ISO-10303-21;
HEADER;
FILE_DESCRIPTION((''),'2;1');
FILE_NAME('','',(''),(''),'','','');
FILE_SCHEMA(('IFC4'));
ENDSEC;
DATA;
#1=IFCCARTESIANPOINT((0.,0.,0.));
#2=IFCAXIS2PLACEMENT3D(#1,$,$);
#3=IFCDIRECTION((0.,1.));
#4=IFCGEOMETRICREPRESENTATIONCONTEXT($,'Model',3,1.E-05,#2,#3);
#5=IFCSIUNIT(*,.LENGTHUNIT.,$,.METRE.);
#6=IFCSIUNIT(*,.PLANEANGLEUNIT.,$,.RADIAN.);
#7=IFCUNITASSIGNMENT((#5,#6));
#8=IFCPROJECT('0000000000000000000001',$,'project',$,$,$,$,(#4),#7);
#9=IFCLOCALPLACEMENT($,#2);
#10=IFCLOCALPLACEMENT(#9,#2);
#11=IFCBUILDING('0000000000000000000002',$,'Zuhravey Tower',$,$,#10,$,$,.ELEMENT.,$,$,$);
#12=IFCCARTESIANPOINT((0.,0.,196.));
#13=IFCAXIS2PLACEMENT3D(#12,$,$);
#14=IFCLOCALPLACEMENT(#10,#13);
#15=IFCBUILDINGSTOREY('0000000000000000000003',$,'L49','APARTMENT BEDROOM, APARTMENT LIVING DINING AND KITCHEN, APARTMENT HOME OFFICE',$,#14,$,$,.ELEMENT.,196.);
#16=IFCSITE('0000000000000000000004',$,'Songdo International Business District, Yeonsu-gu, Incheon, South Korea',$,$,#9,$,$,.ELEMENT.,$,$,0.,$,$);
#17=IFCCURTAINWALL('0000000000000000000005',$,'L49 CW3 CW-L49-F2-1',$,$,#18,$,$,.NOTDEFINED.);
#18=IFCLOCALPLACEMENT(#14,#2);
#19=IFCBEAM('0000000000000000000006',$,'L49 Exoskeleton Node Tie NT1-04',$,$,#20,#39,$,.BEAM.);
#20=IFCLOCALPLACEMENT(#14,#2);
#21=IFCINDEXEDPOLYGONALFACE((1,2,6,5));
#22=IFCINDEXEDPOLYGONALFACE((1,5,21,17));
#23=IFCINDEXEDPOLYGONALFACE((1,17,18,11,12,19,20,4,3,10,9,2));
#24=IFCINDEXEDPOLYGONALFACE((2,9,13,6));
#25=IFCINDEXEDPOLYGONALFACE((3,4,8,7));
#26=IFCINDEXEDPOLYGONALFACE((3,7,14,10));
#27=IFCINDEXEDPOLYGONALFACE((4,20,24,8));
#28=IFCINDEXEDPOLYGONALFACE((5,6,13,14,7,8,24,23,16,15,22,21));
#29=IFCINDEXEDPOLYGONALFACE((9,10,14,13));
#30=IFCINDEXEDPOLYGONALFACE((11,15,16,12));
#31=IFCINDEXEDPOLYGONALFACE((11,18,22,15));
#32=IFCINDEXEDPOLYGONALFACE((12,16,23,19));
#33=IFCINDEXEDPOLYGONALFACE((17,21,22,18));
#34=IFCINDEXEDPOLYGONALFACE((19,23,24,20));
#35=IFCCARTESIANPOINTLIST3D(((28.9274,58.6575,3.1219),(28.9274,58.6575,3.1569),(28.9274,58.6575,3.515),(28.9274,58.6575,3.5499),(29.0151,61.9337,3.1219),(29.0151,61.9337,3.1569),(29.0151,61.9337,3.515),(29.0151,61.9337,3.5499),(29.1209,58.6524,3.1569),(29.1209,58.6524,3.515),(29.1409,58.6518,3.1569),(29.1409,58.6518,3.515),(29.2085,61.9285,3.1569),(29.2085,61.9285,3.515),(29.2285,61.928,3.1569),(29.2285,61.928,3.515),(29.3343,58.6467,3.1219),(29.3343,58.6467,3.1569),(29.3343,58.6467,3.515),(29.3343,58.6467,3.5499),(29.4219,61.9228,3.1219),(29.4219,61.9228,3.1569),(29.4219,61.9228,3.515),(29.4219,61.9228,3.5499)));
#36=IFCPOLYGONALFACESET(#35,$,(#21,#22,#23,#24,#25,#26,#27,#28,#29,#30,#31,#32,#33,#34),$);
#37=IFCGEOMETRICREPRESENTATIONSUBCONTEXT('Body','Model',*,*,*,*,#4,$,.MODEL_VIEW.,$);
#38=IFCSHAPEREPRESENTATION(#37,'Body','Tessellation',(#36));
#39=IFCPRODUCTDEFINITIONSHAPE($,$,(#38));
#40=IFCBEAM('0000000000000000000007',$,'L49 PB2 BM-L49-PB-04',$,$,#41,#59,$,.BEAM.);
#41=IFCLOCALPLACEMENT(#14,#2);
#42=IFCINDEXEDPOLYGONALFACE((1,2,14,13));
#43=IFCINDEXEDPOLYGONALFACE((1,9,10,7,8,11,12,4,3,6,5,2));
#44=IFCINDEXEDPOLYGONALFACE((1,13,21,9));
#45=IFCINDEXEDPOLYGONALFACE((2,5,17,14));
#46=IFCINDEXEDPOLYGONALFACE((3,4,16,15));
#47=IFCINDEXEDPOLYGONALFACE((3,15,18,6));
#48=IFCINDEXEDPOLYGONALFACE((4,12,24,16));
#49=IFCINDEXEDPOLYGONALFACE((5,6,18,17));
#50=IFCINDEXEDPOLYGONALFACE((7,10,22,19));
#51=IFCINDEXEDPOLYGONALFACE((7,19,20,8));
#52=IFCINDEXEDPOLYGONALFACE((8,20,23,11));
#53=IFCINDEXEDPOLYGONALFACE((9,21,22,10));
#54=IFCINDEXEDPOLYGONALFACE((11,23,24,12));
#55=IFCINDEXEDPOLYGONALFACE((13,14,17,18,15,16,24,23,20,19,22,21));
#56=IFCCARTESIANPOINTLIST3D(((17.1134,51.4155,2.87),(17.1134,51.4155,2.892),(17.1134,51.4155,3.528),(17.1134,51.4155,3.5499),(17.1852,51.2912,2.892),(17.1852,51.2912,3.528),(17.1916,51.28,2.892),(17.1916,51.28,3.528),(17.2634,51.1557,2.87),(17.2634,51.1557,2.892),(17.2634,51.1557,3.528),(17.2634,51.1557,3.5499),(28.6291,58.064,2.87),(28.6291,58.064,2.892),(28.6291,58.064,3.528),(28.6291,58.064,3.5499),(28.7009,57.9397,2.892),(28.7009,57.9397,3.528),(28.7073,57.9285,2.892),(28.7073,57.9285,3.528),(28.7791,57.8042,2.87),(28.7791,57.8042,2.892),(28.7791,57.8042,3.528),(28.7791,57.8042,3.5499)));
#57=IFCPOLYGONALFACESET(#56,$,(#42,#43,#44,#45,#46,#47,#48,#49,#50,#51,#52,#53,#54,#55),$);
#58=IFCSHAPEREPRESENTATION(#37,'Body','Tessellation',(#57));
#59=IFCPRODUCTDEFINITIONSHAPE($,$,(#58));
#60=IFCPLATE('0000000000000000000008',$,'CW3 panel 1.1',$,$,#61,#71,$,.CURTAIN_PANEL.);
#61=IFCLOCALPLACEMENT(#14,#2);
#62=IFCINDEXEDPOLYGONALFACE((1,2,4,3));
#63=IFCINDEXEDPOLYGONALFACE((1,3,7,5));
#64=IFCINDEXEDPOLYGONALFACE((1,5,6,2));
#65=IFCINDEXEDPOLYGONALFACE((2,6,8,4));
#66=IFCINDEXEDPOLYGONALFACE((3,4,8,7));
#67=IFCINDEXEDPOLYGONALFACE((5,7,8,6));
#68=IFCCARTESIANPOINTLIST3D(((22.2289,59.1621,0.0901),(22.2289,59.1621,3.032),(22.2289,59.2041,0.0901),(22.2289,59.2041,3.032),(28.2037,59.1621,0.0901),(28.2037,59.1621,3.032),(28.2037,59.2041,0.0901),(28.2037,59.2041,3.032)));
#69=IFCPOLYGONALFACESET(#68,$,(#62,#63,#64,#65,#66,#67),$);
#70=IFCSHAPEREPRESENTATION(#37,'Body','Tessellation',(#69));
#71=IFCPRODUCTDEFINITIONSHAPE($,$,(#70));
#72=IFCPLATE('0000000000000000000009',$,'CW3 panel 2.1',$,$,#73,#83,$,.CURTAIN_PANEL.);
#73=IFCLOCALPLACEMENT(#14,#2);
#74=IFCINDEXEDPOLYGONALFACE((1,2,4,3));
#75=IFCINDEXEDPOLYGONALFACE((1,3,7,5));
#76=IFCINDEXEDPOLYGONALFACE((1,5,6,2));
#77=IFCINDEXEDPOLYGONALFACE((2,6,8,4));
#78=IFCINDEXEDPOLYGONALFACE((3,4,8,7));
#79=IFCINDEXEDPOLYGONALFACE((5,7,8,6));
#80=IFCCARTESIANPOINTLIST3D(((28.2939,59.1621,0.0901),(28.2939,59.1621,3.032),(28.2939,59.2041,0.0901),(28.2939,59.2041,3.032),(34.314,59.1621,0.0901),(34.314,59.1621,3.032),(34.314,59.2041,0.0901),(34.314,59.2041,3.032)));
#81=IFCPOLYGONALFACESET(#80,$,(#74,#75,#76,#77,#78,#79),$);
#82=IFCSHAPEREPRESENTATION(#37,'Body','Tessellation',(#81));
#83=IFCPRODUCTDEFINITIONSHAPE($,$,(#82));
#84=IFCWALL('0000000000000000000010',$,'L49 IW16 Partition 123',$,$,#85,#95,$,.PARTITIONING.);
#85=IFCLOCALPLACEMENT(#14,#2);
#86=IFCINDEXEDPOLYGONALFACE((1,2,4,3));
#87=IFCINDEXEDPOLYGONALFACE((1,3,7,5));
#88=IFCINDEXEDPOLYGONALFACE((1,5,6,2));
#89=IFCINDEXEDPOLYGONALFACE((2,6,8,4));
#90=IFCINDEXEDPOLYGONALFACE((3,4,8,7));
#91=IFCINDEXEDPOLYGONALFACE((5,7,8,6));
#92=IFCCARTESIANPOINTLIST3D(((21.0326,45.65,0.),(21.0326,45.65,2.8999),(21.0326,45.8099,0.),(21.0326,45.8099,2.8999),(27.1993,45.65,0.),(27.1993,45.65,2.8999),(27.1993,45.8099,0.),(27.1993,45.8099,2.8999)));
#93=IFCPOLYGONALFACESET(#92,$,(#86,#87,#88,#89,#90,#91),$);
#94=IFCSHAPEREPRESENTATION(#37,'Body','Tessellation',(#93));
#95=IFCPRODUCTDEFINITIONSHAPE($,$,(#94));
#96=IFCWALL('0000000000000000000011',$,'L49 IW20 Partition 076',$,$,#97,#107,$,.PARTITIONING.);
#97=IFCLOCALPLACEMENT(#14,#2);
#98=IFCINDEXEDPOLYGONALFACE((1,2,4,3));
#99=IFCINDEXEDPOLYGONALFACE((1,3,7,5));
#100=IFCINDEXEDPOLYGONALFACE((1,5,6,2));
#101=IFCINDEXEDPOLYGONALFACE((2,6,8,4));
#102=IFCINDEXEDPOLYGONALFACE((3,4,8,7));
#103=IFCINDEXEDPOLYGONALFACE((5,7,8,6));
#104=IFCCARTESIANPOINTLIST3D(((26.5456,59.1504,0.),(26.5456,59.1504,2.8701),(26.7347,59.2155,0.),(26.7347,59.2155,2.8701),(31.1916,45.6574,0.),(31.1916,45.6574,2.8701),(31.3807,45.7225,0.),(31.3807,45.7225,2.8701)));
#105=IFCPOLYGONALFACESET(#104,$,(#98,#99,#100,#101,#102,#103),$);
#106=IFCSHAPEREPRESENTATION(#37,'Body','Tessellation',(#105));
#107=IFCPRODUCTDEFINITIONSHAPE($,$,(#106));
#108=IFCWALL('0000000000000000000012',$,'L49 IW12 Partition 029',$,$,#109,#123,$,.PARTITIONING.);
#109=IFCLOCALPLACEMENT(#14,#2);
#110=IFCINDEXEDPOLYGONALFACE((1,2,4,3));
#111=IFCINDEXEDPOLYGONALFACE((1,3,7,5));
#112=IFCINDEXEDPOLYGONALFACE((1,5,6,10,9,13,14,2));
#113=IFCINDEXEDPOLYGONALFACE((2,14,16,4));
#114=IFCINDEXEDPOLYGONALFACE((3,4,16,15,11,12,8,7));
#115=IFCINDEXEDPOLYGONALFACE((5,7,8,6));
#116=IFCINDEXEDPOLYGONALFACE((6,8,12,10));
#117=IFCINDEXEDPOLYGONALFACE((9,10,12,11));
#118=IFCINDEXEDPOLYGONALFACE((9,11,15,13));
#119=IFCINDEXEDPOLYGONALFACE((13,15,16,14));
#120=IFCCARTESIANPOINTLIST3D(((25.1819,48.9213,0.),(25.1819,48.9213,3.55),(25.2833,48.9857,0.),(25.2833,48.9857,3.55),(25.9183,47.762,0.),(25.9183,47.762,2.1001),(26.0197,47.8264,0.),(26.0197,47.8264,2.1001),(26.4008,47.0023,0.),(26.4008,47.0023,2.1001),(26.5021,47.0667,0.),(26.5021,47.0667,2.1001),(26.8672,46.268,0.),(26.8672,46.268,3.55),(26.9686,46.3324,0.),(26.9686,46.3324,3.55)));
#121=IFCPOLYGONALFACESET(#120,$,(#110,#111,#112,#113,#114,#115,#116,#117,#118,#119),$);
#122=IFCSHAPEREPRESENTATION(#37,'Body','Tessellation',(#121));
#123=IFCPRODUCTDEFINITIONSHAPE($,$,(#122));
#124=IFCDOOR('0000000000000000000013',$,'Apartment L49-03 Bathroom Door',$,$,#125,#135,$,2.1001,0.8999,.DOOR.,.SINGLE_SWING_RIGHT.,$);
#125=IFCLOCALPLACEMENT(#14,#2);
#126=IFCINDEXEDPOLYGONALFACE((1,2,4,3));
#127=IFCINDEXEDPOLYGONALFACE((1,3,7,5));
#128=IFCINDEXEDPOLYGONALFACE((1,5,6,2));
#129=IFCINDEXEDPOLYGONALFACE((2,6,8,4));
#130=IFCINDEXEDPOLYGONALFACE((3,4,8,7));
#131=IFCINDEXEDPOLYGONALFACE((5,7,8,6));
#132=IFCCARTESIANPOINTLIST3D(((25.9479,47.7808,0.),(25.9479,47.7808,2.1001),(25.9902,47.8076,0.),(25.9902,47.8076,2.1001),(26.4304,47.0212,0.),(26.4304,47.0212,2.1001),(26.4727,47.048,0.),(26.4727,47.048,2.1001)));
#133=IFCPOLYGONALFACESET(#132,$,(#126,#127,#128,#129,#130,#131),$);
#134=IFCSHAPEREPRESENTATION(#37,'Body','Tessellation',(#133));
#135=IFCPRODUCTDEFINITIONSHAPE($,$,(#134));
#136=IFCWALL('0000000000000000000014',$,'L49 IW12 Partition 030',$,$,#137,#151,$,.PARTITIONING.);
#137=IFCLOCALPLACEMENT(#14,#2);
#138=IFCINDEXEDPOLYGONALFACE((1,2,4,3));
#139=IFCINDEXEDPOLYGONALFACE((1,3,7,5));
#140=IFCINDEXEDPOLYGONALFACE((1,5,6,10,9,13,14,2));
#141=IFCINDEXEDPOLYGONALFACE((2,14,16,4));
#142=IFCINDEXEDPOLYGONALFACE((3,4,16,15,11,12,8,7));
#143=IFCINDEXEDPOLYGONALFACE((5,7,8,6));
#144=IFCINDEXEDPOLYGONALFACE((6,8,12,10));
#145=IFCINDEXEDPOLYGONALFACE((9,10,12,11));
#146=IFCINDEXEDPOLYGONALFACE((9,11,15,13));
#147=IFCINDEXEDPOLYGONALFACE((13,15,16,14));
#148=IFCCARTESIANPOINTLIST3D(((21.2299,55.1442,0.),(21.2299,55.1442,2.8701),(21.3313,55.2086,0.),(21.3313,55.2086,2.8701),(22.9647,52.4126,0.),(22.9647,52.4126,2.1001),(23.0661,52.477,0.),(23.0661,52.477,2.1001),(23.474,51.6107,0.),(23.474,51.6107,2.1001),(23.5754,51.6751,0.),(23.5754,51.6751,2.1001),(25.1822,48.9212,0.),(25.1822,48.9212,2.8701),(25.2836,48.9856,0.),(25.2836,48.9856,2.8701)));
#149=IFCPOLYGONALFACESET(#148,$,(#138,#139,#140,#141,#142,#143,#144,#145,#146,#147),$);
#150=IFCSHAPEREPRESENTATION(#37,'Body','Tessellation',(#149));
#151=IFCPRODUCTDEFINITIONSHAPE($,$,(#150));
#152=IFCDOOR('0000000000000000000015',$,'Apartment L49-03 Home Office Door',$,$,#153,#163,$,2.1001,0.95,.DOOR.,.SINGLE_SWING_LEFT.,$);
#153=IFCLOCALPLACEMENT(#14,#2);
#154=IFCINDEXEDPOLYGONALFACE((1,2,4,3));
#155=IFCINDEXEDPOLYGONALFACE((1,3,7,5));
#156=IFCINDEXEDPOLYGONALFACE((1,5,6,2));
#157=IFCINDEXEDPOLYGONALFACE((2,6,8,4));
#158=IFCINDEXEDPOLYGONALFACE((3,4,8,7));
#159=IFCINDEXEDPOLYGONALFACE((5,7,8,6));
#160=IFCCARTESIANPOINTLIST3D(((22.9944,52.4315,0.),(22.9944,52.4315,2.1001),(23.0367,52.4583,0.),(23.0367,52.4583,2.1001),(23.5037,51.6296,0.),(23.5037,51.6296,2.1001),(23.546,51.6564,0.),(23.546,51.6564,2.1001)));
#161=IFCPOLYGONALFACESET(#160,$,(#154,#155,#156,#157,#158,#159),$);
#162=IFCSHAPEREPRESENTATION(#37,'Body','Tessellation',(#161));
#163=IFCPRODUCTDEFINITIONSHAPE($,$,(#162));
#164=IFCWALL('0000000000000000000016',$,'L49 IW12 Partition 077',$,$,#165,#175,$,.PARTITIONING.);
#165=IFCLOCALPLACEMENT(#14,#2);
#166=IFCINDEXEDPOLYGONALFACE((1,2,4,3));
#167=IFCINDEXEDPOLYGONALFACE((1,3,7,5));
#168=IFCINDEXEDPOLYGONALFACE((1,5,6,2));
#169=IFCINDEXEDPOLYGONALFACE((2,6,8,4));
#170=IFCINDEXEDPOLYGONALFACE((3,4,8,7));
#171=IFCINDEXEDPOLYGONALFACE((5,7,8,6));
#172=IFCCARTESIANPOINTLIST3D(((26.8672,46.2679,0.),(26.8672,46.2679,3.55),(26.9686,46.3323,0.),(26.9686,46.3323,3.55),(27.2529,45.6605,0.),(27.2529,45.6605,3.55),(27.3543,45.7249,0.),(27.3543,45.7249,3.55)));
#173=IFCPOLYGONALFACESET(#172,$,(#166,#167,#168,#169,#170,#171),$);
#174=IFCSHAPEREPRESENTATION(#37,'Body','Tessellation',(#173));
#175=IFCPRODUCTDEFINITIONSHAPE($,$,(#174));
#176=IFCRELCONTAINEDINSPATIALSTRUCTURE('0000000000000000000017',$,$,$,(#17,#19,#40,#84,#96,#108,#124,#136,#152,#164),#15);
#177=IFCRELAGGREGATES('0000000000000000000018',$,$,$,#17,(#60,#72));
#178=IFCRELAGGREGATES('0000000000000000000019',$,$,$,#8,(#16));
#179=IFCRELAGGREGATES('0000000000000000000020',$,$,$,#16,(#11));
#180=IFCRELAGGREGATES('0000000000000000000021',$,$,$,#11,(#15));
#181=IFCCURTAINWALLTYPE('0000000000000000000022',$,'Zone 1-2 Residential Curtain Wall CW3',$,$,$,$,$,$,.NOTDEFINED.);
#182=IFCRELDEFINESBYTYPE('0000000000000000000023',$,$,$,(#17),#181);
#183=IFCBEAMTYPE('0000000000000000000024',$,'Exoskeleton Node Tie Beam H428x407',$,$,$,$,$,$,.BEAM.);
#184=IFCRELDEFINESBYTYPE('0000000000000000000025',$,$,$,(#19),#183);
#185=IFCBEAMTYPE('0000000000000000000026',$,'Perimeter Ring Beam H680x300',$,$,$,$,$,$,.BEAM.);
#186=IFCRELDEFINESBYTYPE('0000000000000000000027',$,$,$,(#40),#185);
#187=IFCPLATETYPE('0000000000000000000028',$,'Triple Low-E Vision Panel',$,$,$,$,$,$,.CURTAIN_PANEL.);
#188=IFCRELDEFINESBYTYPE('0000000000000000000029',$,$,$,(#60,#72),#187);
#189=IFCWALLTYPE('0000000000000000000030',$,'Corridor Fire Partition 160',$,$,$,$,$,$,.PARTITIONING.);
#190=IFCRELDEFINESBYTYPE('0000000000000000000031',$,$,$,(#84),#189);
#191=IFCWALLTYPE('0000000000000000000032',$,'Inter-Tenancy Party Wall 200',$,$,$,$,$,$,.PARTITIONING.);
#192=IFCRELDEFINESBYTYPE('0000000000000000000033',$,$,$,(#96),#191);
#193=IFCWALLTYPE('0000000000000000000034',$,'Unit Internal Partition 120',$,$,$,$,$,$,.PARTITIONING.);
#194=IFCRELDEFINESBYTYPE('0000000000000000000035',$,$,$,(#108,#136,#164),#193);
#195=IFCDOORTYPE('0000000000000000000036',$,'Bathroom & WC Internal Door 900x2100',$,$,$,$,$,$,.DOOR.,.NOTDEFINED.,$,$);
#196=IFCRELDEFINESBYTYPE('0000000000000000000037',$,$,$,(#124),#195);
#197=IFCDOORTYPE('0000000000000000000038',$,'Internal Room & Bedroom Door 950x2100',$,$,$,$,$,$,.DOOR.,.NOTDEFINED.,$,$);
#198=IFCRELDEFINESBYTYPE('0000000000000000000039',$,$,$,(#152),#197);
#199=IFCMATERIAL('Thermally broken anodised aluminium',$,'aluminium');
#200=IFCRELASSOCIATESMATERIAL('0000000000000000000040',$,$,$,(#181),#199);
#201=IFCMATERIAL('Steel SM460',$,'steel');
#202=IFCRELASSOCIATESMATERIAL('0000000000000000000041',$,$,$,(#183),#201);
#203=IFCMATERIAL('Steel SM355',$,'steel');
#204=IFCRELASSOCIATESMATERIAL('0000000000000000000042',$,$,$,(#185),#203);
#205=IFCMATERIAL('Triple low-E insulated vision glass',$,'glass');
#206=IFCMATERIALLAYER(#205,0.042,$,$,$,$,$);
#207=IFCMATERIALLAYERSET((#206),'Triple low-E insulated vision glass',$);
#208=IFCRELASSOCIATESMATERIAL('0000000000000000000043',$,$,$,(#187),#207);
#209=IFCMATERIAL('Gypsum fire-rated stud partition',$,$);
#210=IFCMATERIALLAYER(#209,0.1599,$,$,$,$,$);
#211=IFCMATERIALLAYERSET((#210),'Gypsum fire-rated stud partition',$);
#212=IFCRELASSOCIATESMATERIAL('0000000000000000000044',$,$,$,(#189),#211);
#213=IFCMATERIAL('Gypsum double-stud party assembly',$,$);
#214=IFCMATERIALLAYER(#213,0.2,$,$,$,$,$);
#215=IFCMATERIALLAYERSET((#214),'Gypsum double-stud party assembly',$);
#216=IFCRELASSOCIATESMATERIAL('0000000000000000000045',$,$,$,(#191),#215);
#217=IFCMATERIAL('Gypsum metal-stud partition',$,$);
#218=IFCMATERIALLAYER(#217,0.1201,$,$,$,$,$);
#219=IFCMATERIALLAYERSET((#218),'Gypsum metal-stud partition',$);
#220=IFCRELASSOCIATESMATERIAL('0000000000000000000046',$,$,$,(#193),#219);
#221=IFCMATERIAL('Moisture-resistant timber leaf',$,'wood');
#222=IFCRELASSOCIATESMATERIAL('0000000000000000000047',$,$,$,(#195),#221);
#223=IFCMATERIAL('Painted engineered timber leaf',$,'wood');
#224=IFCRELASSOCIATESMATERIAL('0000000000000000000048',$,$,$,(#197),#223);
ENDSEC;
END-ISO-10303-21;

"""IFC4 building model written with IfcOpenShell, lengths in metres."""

from ifc_helpers import new_model, si_unit, direction, frame, frame_2d, origin, origin_2d, place, context, subcontext, project, spatial, rectangle, i_section, extrude, material, layer, layer_set, material_profile, profile_set, type_object, element, fill, aggregate, save


model = new_model("IFC4")

# Units and contexts
model_context = context("Model", 3, precision=1e-05, world=origin(), true_north=direction((0.0, 1.0)))
body_context = subcontext(model_context, "Body", "Model", "MODEL_VIEW")
ifc_project = project(units=[si_unit("LENGTHUNIT", "METRE"), si_unit("PLANEANGLEUNIT", "RADIAN")], contexts=[model_context])

# Site, building, storey
site_placement = place(None, origin())
site = spatial("IfcSite", under=ifc_project, at=site_placement, Name="Songdo International Business District, Yeonsu-gu, Incheon, South Korea", CompositionType="ELEMENT", RefElevation=0.0)
building_placement = place(site_placement, origin())
building = spatial("IfcBuilding", under=site, at=building_placement, Name="Zuhravey Tower", CompositionType="ELEMENT")
storey_placement = place(building_placement, frame((0.0, 0.0, 196.0)))
storey = spatial("IfcBuildingStorey", under=building, at=storey_placement, Name="L49", Description="APARTMENT BEDROOM, APARTMENT LIVING DINING AND KITCHEN, APARTMENT HOME OFFICE", CompositionType="ELEMENT", Elevation=196.0)

# Curtain wall
ifc_material_1 = material(Name="Thermally broken anodised aluminium", Category="aluminium")
curtain_wall_type = type_object("IfcCurtainWallType", Name="Zone 1-2 Residential Curtain Wall CW3", PredefinedType="NOTDEFINED", material=ifc_material_1)
curtain_wall_placement = place(storey_placement, origin())
curtain_wall = element("IfcCurtainWall", 1, at=curtain_wall_placement, inside=storey, type_object=curtain_wall_type, Name="L49 CW3 CW-L49-F2-1", PredefinedType="NOTDEFINED")

# Beams
ifc_material_2 = material(Name="Steel SM460", Category="steel")
ifc_material_profile_1 = material_profile(ifc_material_2, i_section(OverallWidth=0.407, OverallDepth=0.428, WebThickness=0.02, FlangeThickness=0.0349, at=origin_2d()), Name="H-428x407x20x35")
ifc_profile_set_1 = profile_set([ifc_material_profile_1], Name="Steel SM460")
beam_type_1 = type_object("IfcBeamType", Name="Exoskeleton Node Tie Beam H428x407", PredefinedType="BEAM", material=ifc_profile_set_1)
beam_1_placement = place(storey_placement, frame((29.1309, 58.6521, 3.3359), z_axis=(0.026744, 0.999642, 0.0), x_axis=(-0.999642, 0.026744, 0.0)))
element("IfcBeam", 2, at=beam_1_placement, inside=storey, type_object=beam_type_1, Name="L49 Exoskeleton Node Tie NT1-04", PredefinedType="BEAM", context=body_context, shape_type="SweptSolid", body=[
    extrude(i_section(OverallWidth=0.407, OverallDepth=0.428, WebThickness=0.02, FlangeThickness=0.0349, at=origin_2d()), origin(), (0.0, 0.0, 1.0), 3.2773),
])
ifc_material_3 = material(Name="Steel SM355", Category="steel")
ifc_material_profile_2 = material_profile(ifc_material_3, i_section(OverallWidth=0.3, OverallDepth=0.6799, WebThickness=0.0129, FlangeThickness=0.022, at=origin_2d()), Name="H-680x300x13x22")
ifc_profile_set_2 = profile_set([ifc_material_profile_2], Name="Steel SM355")
beam_type_2 = type_object("IfcBeamType", Name="Perimeter Ring Beam H680x300", PredefinedType="BEAM", material=ifc_profile_set_2)
beam_2_placement = place(storey_placement, frame((28.7041, 57.9341, 3.21), z_axis=(-0.866029, -0.499994, 0.0), x_axis=(0.499994, -0.866029, 0.0)))
element("IfcBeam", 3, at=beam_2_placement, inside=storey, type_object=beam_type_2, Name="L49 PB2 BM-L49-PB-04", PredefinedType="BEAM", context=body_context, shape_type="SweptSolid", body=[
    extrude(i_section(OverallWidth=0.3, OverallDepth=0.6799, WebThickness=0.0129, FlangeThickness=0.022, at=origin_2d()), origin(), (0.0, 0.0, 1.0), 13.2971),
])

# Plates
ifc_material_4 = material(Name="Triple low-E insulated vision glass", Category="glass")
ifc_layer_1 = layer(ifc_material_4, 0.042)
ifc_layer_set_1 = layer_set([ifc_layer_1], Name="Triple low-E insulated vision glass")
plate_type = type_object("IfcPlateType", Name="Triple Low-E Vision Panel", PredefinedType="CURTAIN_PANEL", material=ifc_layer_set_1)
plate_1_placement = place(storey_placement, frame((25.2163, 59.1831, 0.0901), z_axis=(0.0, 0.0, 1.0), x_axis=(1.0, 0.0, 0.0)))
plate_1 = element("IfcPlate", 4, at=plate_1_placement, type_object=plate_type, Name="CW3 panel 1.1", PredefinedType="CURTAIN_PANEL", context=body_context, shape_type="SweptSolid", body=[
    extrude(rectangle(XDim=5.9749, YDim=0.042, at=origin_2d()), origin(), (0.0, 0.0, 1.0), 2.9419),
])
plate_2_placement = place(storey_placement, frame((31.304, 59.1831, 0.0901), z_axis=(0.0, 0.0, 1.0), x_axis=(1.0, 0.0, 0.0)))
plate_2 = element("IfcPlate", 5, at=plate_2_placement, type_object=plate_type, Name="CW3 panel 2.1", PredefinedType="CURTAIN_PANEL", context=body_context, shape_type="SweptSolid", body=[
    extrude(rectangle(XDim=6.02, YDim=0.042, at=origin_2d()), origin(), (0.0, 0.0, 1.0), 2.9419),
])
aggregate(curtain_wall, [plate_1, plate_2])

# Shared definitions
ifc_material_5 = material(Name="Gypsum fire-rated stud partition")
ifc_layer_2 = layer(ifc_material_5, 0.1599)
ifc_layer_set_2 = layer_set([ifc_layer_2], Name="Gypsum fire-rated stud partition")
wall_type_1 = type_object("IfcWallType", Name="Corridor Fire Partition 160", PredefinedType="PARTITIONING", material=ifc_layer_set_2)

# Walls
wall_1_placement = place(storey_placement, frame((27.1995, 45.73, 0.0), z_axis=(0.0, 0.0, 1.0), x_axis=(-1.0, 0.0, 0.0)))
element("IfcWall", 6, at=wall_1_placement, inside=storey, type_object=wall_type_1, Name="L49 IW16 Partition 123", PredefinedType="PARTITIONING", context=body_context, shape_type="SweptSolid", body=[
    extrude(rectangle(XDim=6.1667, YDim=0.1599, at=frame_2d((3.0835, 0.0))), origin(), (0.0, 0.0, 1.0), 2.8999),
])
ifc_material_6 = material(Name="Gypsum double-stud party assembly")
ifc_layer_3 = layer(ifc_material_6, 0.2)
ifc_layer_set_3 = layer_set([ifc_layer_3], Name="Gypsum double-stud party assembly")
wall_type_2 = type_object("IfcWallType", Name="Inter-Tenancy Party Wall 200", PredefinedType="PARTITIONING", material=ifc_layer_set_3)
wall_2_placement = place(storey_placement, frame((31.2861, 45.6899, 0.0), z_axis=(0.0, 0.0, 1.0), x_axis=(-0.325564, 0.94552, 0.0)))
element("IfcWall", 7, at=wall_2_placement, inside=storey, type_object=wall_type_2, Name="L49 IW20 Partition 076", PredefinedType="PARTITIONING", context=body_context, shape_type="SweptSolid", body=[
    extrude(rectangle(XDim=14.2705, YDim=0.2, at=frame_2d((7.1353, 0.0))), origin(), (0.0, 0.0, 1.0), 2.8701),
])

# Walls, openings, doors
ifc_material_7 = material(Name="Gypsum metal-stud partition")
ifc_layer_4 = layer(ifc_material_7, 0.1201)
ifc_layer_set_4 = layer_set([ifc_layer_4], Name="Gypsum metal-stud partition")
wall_type_3 = type_object("IfcWallType", Name="Unit Internal Partition 120", PredefinedType="PARTITIONING", material=ifc_layer_set_4)
wall_3_placement = place(storey_placement, frame((26.918, 46.3, 0.0), z_axis=(0.0, 0.0, 1.0), x_axis=(-0.536157, 0.844119, 0.0)))
wall_3 = element("IfcWall", 8, at=wall_3_placement, inside=storey, type_object=wall_type_3, Name="L49 IW12 Partition 029", PredefinedType="PARTITIONING", context=body_context, shape_type="SweptSolid", body=[
    extrude(rectangle(XDim=3.1433, YDim=0.1201, at=frame_2d((1.5718, 0.0))), origin(), (0.0, 0.0, 1.0), 3.55),
])
opening_1_placement = place(wall_3_placement, frame((0.8701, 0.0, 0.0)))
opening_1 = element("IfcOpeningElement", 9, at=opening_1_placement, cuts=wall_3, PredefinedType="OPENING", context=body_context, shape_type="SweptSolid", body=[
    extrude(rectangle(XDim=0.8999, YDim=2.1001, at=frame_2d((0.45, 1.05))), frame((0.0, 0.072, 0.0), z_axis=(0.0, -1.0, 0.0), x_axis=(1.0, 0.0, 0.0)), (0.0, 0.0, 1.0), 0.144),
])
ifc_material_8 = material(Name="Moisture-resistant timber leaf", Category="wood")
door_type_1 = type_object("IfcDoorType", Name="Bathroom & WC Internal Door 900x2100", OperationType="NOTDEFINED", PredefinedType="DOOR", material=ifc_material_8)
door_1_placement = place(opening_1_placement, origin())
door_1 = element("IfcDoor", 10, at=door_1_placement, inside=storey, type_object=door_type_1, Name="Apartment L49-03 Bathroom Door", OperationType="SINGLE_SWING_RIGHT", OverallHeight=2.1001, OverallWidth=0.8999, PredefinedType="DOOR", context=body_context, shape_type="SweptSolid", body=[
    extrude(rectangle(XDim=0.8999, YDim=2.1001, at=frame_2d((0.45, 1.05))), frame((0.0, 0.0249, 0.0), z_axis=(0.0, -1.0, 0.0), x_axis=(1.0, 0.0, 0.0)), (0.0, 0.0, 1.0), 0.05),
])
fill(opening_1, door_1)
wall_4_placement = place(storey_placement, frame((25.2329, 48.9534, 0.0), z_axis=(0.0, 0.0, 1.0), x_axis=(-0.536123, 0.84414, 0.0)))
wall_4 = element("IfcWall", 11, at=wall_4_placement, inside=storey, type_object=wall_type_3, Name="L49 IW12 Partition 030", PredefinedType="PARTITIONING", context=body_context, shape_type="SweptSolid", body=[
    extrude(rectangle(XDim=7.3721, YDim=0.1201, at=frame_2d((3.686, 0.0))), origin(), (0.0, 0.0, 1.0), 2.8701),
])
opening_2_placement = place(wall_4_placement, frame((3.186, 0.0, 0.0)))
opening_2 = element("IfcOpeningElement", 12, at=opening_2_placement, cuts=wall_4, PredefinedType="OPENING", context=body_context, shape_type="SweptSolid", body=[
    extrude(rectangle(XDim=0.95, YDim=2.1001, at=frame_2d((0.4751, 1.05))), frame((0.0, 0.072, 0.0), z_axis=(0.0, -1.0, 0.0), x_axis=(1.0, 0.0, 0.0)), (0.0, 0.0, 1.0), 0.144),
])
ifc_material_9 = material(Name="Painted engineered timber leaf", Category="wood")
door_type_2 = type_object("IfcDoorType", Name="Internal Room & Bedroom Door 950x2100", OperationType="NOTDEFINED", PredefinedType="DOOR", material=ifc_material_9)
door_2_placement = place(opening_2_placement, origin())
door_2 = element("IfcDoor", 13, at=door_2_placement, inside=storey, type_object=door_type_2, Name="Apartment L49-03 Home Office Door", OperationType="SINGLE_SWING_LEFT", OverallHeight=2.1001, OverallWidth=0.95, PredefinedType="DOOR", context=body_context, shape_type="SweptSolid", body=[
    extrude(rectangle(XDim=0.95, YDim=2.1001, at=frame_2d((0.4751, 1.05))), frame((0.0, 0.0249, 0.0), z_axis=(0.0, -1.0, 0.0), x_axis=(1.0, 0.0, 0.0)), (0.0, 0.0, 1.0), 0.05),
])
fill(opening_2, door_2)

# Wall
wall_5_placement = place(storey_placement, frame((27.3037, 45.6926, 0.0), z_axis=(0.0, 0.0, 1.0), x_axis=(-0.536085, 0.844164, 0.0)))
element("IfcWall", 14, at=wall_5_placement, inside=storey, type_object=wall_type_3, Name="L49 IW12 Partition 077", PredefinedType="PARTITIONING", context=body_context, shape_type="SweptSolid", body=[
    extrude(rectangle(XDim=0.7195, YDim=0.1201, at=frame_2d((0.3599, 0.0))), origin(), (0.0, 0.0, 1.0), 3.55),
])

save(model, "model.ifc")
